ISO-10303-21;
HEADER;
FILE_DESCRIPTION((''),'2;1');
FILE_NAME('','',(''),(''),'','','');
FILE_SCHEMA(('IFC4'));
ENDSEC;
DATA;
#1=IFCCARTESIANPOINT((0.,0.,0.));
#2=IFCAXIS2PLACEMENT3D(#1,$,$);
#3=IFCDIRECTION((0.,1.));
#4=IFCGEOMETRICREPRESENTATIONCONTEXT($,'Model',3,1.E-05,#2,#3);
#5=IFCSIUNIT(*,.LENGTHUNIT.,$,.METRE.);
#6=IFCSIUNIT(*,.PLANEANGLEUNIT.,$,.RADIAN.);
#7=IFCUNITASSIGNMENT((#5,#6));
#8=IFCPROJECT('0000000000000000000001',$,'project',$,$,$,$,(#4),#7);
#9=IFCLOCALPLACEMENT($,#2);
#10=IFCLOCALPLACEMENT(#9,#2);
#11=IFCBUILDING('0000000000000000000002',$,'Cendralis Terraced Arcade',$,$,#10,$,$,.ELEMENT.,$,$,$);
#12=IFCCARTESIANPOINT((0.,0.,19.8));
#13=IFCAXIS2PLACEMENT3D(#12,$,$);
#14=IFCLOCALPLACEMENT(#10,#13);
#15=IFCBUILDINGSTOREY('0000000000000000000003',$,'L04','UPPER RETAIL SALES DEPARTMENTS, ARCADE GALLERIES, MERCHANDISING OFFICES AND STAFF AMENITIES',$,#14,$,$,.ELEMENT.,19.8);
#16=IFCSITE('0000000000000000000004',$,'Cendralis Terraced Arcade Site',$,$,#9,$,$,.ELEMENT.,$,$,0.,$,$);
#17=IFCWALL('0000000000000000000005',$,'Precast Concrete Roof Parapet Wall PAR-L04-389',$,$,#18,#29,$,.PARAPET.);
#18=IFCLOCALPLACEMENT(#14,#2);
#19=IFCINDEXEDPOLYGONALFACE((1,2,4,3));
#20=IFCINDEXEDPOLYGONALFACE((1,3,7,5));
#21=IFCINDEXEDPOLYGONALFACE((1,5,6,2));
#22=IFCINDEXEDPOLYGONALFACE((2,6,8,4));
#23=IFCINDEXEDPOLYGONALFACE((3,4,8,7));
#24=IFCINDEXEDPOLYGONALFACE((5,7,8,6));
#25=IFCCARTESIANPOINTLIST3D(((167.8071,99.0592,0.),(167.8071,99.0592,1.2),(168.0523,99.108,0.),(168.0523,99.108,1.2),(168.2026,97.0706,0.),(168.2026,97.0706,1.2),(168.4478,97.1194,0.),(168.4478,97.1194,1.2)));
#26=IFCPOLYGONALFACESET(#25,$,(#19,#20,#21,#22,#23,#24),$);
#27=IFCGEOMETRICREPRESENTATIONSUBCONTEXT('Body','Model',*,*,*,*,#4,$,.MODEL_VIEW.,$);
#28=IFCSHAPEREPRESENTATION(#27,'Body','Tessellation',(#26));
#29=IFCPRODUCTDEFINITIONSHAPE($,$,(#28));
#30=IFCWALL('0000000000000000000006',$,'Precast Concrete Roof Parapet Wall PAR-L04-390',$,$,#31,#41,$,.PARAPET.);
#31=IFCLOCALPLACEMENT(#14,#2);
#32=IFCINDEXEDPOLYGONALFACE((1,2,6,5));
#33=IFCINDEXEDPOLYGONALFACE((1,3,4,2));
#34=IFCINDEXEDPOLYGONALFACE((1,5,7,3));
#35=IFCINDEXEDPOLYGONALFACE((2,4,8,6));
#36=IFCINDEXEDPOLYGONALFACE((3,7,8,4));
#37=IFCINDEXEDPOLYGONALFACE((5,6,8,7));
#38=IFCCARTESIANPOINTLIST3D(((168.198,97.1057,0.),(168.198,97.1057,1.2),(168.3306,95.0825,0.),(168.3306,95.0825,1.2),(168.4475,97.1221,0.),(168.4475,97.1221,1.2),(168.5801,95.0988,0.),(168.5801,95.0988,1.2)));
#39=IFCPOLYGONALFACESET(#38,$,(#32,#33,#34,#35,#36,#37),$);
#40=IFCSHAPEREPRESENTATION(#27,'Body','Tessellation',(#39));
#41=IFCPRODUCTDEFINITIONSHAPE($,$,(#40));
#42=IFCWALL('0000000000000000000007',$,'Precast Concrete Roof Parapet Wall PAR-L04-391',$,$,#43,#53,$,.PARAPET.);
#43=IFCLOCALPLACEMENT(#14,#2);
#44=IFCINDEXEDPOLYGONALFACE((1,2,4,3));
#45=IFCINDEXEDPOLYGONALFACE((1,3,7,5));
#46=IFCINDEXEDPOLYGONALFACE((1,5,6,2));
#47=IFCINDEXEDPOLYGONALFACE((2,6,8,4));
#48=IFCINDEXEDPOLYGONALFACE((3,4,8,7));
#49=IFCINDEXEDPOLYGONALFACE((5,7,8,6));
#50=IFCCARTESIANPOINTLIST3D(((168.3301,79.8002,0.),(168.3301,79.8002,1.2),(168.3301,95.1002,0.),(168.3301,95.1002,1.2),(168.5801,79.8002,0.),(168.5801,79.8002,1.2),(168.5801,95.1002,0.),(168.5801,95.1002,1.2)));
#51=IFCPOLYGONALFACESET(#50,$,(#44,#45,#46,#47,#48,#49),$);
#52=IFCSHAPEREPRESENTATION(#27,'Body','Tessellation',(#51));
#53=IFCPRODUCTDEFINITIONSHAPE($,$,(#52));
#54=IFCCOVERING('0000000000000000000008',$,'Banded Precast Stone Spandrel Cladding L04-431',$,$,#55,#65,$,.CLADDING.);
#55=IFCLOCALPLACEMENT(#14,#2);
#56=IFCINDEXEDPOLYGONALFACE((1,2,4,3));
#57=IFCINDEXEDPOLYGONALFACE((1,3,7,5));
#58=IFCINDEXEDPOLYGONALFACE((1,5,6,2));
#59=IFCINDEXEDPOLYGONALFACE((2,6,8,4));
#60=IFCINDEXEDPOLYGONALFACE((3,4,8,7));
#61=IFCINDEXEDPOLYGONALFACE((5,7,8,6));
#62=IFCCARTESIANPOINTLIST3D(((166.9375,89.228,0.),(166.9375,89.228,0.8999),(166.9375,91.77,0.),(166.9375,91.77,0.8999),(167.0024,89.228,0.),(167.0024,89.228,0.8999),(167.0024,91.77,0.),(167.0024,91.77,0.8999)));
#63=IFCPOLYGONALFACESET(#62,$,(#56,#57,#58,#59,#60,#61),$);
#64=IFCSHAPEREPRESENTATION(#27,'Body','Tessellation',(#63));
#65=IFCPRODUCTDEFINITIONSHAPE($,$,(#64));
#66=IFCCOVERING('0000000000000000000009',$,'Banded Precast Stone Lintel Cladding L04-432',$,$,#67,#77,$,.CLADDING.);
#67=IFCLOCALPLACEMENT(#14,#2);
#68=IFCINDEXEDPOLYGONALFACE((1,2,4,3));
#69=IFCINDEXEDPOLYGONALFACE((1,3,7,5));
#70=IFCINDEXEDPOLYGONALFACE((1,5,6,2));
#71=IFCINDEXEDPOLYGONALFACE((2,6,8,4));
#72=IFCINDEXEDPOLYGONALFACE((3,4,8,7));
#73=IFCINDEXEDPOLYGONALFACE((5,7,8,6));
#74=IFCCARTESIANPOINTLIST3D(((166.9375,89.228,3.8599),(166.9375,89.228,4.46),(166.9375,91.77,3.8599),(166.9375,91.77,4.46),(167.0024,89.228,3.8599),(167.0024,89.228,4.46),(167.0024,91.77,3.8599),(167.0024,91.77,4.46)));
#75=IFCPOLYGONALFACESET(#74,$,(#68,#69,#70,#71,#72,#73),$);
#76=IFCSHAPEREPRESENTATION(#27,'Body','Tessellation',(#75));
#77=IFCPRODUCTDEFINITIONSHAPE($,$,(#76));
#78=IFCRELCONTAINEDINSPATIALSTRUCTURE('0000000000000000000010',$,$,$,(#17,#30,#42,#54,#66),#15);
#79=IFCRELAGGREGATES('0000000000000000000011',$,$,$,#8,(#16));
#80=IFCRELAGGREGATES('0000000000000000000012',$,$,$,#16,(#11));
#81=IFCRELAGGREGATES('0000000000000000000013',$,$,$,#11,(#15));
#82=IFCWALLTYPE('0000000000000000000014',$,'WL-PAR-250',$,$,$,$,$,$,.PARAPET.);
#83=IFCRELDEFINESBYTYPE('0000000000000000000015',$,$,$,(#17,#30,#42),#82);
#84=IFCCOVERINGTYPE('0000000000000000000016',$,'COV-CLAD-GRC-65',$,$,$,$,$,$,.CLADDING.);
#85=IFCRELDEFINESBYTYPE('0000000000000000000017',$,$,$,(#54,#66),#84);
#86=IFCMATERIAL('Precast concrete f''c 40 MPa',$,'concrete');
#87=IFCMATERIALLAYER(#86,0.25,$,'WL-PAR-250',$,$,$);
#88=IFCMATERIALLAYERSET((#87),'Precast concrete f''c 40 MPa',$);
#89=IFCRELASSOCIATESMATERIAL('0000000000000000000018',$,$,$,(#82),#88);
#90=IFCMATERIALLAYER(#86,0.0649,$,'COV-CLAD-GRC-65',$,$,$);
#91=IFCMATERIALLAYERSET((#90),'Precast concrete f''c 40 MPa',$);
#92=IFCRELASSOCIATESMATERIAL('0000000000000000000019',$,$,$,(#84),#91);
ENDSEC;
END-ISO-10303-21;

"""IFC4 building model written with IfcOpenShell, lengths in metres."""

from ifc_helpers import new_model, si_unit, direction, frame, frame_2d, origin, origin_2d, place, context, subcontext, project, spatial, rectangle, extrude, material, layer, layer_set, type_object, element, save


model = new_model("IFC4")

# Units and contexts
model_context = context("Model", 3, precision=1e-05, world=origin(), true_north=direction((0.0, 1.0)))
body_context = subcontext(model_context, "Body", "Model", "MODEL_VIEW")
ifc_project = project(units=[si_unit("LENGTHUNIT", "METRE"), si_unit("PLANEANGLEUNIT", "RADIAN")], contexts=[model_context])

# Site, building, storey
site_placement = place(None, origin())
site = spatial("IfcSite", under=ifc_project, at=site_placement, Name="Cendralis Terraced Arcade Site", CompositionType="ELEMENT", RefElevation=0.0)
building_placement = place(site_placement, origin())
building = spatial("IfcBuilding", under=site, at=building_placement, Name="Cendralis Terraced Arcade", CompositionType="ELEMENT")
storey_placement = place(building_placement, frame((0.0, 0.0, 19.8)))
storey = spatial("IfcBuildingStorey", under=building, at=storey_placement, Name="L04", Description="UPPER RETAIL SALES DEPARTMENTS, ARCADE GALLERIES, MERCHANDISING OFFICES AND STAFF AMENITIES", CompositionType="ELEMENT", Elevation=19.8)

# Shared definitions
ifc_material_1 = material(Name="Precast concrete f'c 40 MPa", Category="concrete")

# Walls
ifc_layer_1 = layer(ifc_material_1, 0.25, Name="WL-PAR-250")
ifc_layer_set_1 = layer_set([ifc_layer_1], Name="Precast concrete f'c 40 MPa")
wall_type_1 = type_object("IfcWallType", Name="WL-PAR-250", PredefinedType="PARAPET", material=ifc_layer_set_1)
for number, where, z_axis, x_axis, name in (
    (1, (167.9297, 99.0835, 0.0), (0.0, 0.0, 1.0), (0.195074, -0.980789, 0.0), "Precast Concrete Roof Parapet Wall PAR-L04-389"),
    (2, (168.3228, 97.1138, 0.0), (0.0, 0.0, 1.0), (0.065384, -0.99786, 0.0), "Precast Concrete Roof Parapet Wall PAR-L04-390"),
):
    element("IfcWall", number, at=place(storey_placement, frame(where, z_axis=z_axis, x_axis=x_axis)), inside=storey, type_object=wall_type_1, Name=name, PredefinedType="PARAPET", context=body_context, shape_type="SweptSolid", body=[
        extrude(rectangle(XDim=2.0276, YDim=0.25, at=frame_2d((1.0137, 0.0))), origin(), (0.0, 0.0, 1.0), 1.2),
    ])
wall_1_placement = place(storey_placement, frame((168.4551, 95.1001, 0.0), z_axis=(0.0, 0.0, 1.0), x_axis=(0.0, -1.0, 0.0)))
element("IfcWall", 3, at=wall_1_placement, inside=storey, type_object=wall_type_1, Name="Precast Concrete Roof Parapet Wall PAR-L04-391", PredefinedType="PARAPET", context=body_context, shape_type="SweptSolid", body=[
    extrude(rectangle(XDim=15.3, YDim=0.25, at=frame_2d((7.6499, 0.0))), origin(), (0.0, 0.0, 1.0), 1.2),
])

# Coverings
ifc_layer_2 = layer(ifc_material_1, 0.0649, Name="COV-CLAD-GRC-65")
ifc_layer_set_2 = layer_set([ifc_layer_2], Name="Precast concrete f'c 40 MPa")
covering_type = type_object("IfcCoveringType", Name="COV-CLAD-GRC-65", PredefinedType="CLADDING", material=ifc_layer_set_2)
covering_1_placement = place(storey_placement, frame((166.97, 90.499, 0.0), z_axis=(0.0, 0.0, 1.0), x_axis=(0.0, -1.0, 0.0)))
element("IfcCovering", 4, at=covering_1_placement, inside=storey, type_object=covering_type, Name="Banded Precast Stone Spandrel Cladding L04-431", PredefinedType="CLADDING", context=body_context, shape_type="SweptSolid", body=[
    extrude(rectangle(XDim=2.542, YDim=0.0649, at=origin_2d()), origin(), (0.0, 0.0, 1.0), 0.8999),
])
covering_2_placement = place(storey_placement, frame((166.97, 90.499, 3.8599), z_axis=(0.0, 0.0, 1.0), x_axis=(0.0, -1.0, 0.0)))
element("IfcCovering", 5, at=covering_2_placement, inside=storey, type_object=covering_type, Name="Banded Precast Stone Lintel Cladding L04-432", PredefinedType="CLADDING", context=body_context, shape_type="SweptSolid", body=[
    extrude(rectangle(XDim=2.542, YDim=0.0649, at=origin_2d()), origin(), (0.0, 0.0, 1.0), 0.6001),
])

save(model, "model.ifc")
